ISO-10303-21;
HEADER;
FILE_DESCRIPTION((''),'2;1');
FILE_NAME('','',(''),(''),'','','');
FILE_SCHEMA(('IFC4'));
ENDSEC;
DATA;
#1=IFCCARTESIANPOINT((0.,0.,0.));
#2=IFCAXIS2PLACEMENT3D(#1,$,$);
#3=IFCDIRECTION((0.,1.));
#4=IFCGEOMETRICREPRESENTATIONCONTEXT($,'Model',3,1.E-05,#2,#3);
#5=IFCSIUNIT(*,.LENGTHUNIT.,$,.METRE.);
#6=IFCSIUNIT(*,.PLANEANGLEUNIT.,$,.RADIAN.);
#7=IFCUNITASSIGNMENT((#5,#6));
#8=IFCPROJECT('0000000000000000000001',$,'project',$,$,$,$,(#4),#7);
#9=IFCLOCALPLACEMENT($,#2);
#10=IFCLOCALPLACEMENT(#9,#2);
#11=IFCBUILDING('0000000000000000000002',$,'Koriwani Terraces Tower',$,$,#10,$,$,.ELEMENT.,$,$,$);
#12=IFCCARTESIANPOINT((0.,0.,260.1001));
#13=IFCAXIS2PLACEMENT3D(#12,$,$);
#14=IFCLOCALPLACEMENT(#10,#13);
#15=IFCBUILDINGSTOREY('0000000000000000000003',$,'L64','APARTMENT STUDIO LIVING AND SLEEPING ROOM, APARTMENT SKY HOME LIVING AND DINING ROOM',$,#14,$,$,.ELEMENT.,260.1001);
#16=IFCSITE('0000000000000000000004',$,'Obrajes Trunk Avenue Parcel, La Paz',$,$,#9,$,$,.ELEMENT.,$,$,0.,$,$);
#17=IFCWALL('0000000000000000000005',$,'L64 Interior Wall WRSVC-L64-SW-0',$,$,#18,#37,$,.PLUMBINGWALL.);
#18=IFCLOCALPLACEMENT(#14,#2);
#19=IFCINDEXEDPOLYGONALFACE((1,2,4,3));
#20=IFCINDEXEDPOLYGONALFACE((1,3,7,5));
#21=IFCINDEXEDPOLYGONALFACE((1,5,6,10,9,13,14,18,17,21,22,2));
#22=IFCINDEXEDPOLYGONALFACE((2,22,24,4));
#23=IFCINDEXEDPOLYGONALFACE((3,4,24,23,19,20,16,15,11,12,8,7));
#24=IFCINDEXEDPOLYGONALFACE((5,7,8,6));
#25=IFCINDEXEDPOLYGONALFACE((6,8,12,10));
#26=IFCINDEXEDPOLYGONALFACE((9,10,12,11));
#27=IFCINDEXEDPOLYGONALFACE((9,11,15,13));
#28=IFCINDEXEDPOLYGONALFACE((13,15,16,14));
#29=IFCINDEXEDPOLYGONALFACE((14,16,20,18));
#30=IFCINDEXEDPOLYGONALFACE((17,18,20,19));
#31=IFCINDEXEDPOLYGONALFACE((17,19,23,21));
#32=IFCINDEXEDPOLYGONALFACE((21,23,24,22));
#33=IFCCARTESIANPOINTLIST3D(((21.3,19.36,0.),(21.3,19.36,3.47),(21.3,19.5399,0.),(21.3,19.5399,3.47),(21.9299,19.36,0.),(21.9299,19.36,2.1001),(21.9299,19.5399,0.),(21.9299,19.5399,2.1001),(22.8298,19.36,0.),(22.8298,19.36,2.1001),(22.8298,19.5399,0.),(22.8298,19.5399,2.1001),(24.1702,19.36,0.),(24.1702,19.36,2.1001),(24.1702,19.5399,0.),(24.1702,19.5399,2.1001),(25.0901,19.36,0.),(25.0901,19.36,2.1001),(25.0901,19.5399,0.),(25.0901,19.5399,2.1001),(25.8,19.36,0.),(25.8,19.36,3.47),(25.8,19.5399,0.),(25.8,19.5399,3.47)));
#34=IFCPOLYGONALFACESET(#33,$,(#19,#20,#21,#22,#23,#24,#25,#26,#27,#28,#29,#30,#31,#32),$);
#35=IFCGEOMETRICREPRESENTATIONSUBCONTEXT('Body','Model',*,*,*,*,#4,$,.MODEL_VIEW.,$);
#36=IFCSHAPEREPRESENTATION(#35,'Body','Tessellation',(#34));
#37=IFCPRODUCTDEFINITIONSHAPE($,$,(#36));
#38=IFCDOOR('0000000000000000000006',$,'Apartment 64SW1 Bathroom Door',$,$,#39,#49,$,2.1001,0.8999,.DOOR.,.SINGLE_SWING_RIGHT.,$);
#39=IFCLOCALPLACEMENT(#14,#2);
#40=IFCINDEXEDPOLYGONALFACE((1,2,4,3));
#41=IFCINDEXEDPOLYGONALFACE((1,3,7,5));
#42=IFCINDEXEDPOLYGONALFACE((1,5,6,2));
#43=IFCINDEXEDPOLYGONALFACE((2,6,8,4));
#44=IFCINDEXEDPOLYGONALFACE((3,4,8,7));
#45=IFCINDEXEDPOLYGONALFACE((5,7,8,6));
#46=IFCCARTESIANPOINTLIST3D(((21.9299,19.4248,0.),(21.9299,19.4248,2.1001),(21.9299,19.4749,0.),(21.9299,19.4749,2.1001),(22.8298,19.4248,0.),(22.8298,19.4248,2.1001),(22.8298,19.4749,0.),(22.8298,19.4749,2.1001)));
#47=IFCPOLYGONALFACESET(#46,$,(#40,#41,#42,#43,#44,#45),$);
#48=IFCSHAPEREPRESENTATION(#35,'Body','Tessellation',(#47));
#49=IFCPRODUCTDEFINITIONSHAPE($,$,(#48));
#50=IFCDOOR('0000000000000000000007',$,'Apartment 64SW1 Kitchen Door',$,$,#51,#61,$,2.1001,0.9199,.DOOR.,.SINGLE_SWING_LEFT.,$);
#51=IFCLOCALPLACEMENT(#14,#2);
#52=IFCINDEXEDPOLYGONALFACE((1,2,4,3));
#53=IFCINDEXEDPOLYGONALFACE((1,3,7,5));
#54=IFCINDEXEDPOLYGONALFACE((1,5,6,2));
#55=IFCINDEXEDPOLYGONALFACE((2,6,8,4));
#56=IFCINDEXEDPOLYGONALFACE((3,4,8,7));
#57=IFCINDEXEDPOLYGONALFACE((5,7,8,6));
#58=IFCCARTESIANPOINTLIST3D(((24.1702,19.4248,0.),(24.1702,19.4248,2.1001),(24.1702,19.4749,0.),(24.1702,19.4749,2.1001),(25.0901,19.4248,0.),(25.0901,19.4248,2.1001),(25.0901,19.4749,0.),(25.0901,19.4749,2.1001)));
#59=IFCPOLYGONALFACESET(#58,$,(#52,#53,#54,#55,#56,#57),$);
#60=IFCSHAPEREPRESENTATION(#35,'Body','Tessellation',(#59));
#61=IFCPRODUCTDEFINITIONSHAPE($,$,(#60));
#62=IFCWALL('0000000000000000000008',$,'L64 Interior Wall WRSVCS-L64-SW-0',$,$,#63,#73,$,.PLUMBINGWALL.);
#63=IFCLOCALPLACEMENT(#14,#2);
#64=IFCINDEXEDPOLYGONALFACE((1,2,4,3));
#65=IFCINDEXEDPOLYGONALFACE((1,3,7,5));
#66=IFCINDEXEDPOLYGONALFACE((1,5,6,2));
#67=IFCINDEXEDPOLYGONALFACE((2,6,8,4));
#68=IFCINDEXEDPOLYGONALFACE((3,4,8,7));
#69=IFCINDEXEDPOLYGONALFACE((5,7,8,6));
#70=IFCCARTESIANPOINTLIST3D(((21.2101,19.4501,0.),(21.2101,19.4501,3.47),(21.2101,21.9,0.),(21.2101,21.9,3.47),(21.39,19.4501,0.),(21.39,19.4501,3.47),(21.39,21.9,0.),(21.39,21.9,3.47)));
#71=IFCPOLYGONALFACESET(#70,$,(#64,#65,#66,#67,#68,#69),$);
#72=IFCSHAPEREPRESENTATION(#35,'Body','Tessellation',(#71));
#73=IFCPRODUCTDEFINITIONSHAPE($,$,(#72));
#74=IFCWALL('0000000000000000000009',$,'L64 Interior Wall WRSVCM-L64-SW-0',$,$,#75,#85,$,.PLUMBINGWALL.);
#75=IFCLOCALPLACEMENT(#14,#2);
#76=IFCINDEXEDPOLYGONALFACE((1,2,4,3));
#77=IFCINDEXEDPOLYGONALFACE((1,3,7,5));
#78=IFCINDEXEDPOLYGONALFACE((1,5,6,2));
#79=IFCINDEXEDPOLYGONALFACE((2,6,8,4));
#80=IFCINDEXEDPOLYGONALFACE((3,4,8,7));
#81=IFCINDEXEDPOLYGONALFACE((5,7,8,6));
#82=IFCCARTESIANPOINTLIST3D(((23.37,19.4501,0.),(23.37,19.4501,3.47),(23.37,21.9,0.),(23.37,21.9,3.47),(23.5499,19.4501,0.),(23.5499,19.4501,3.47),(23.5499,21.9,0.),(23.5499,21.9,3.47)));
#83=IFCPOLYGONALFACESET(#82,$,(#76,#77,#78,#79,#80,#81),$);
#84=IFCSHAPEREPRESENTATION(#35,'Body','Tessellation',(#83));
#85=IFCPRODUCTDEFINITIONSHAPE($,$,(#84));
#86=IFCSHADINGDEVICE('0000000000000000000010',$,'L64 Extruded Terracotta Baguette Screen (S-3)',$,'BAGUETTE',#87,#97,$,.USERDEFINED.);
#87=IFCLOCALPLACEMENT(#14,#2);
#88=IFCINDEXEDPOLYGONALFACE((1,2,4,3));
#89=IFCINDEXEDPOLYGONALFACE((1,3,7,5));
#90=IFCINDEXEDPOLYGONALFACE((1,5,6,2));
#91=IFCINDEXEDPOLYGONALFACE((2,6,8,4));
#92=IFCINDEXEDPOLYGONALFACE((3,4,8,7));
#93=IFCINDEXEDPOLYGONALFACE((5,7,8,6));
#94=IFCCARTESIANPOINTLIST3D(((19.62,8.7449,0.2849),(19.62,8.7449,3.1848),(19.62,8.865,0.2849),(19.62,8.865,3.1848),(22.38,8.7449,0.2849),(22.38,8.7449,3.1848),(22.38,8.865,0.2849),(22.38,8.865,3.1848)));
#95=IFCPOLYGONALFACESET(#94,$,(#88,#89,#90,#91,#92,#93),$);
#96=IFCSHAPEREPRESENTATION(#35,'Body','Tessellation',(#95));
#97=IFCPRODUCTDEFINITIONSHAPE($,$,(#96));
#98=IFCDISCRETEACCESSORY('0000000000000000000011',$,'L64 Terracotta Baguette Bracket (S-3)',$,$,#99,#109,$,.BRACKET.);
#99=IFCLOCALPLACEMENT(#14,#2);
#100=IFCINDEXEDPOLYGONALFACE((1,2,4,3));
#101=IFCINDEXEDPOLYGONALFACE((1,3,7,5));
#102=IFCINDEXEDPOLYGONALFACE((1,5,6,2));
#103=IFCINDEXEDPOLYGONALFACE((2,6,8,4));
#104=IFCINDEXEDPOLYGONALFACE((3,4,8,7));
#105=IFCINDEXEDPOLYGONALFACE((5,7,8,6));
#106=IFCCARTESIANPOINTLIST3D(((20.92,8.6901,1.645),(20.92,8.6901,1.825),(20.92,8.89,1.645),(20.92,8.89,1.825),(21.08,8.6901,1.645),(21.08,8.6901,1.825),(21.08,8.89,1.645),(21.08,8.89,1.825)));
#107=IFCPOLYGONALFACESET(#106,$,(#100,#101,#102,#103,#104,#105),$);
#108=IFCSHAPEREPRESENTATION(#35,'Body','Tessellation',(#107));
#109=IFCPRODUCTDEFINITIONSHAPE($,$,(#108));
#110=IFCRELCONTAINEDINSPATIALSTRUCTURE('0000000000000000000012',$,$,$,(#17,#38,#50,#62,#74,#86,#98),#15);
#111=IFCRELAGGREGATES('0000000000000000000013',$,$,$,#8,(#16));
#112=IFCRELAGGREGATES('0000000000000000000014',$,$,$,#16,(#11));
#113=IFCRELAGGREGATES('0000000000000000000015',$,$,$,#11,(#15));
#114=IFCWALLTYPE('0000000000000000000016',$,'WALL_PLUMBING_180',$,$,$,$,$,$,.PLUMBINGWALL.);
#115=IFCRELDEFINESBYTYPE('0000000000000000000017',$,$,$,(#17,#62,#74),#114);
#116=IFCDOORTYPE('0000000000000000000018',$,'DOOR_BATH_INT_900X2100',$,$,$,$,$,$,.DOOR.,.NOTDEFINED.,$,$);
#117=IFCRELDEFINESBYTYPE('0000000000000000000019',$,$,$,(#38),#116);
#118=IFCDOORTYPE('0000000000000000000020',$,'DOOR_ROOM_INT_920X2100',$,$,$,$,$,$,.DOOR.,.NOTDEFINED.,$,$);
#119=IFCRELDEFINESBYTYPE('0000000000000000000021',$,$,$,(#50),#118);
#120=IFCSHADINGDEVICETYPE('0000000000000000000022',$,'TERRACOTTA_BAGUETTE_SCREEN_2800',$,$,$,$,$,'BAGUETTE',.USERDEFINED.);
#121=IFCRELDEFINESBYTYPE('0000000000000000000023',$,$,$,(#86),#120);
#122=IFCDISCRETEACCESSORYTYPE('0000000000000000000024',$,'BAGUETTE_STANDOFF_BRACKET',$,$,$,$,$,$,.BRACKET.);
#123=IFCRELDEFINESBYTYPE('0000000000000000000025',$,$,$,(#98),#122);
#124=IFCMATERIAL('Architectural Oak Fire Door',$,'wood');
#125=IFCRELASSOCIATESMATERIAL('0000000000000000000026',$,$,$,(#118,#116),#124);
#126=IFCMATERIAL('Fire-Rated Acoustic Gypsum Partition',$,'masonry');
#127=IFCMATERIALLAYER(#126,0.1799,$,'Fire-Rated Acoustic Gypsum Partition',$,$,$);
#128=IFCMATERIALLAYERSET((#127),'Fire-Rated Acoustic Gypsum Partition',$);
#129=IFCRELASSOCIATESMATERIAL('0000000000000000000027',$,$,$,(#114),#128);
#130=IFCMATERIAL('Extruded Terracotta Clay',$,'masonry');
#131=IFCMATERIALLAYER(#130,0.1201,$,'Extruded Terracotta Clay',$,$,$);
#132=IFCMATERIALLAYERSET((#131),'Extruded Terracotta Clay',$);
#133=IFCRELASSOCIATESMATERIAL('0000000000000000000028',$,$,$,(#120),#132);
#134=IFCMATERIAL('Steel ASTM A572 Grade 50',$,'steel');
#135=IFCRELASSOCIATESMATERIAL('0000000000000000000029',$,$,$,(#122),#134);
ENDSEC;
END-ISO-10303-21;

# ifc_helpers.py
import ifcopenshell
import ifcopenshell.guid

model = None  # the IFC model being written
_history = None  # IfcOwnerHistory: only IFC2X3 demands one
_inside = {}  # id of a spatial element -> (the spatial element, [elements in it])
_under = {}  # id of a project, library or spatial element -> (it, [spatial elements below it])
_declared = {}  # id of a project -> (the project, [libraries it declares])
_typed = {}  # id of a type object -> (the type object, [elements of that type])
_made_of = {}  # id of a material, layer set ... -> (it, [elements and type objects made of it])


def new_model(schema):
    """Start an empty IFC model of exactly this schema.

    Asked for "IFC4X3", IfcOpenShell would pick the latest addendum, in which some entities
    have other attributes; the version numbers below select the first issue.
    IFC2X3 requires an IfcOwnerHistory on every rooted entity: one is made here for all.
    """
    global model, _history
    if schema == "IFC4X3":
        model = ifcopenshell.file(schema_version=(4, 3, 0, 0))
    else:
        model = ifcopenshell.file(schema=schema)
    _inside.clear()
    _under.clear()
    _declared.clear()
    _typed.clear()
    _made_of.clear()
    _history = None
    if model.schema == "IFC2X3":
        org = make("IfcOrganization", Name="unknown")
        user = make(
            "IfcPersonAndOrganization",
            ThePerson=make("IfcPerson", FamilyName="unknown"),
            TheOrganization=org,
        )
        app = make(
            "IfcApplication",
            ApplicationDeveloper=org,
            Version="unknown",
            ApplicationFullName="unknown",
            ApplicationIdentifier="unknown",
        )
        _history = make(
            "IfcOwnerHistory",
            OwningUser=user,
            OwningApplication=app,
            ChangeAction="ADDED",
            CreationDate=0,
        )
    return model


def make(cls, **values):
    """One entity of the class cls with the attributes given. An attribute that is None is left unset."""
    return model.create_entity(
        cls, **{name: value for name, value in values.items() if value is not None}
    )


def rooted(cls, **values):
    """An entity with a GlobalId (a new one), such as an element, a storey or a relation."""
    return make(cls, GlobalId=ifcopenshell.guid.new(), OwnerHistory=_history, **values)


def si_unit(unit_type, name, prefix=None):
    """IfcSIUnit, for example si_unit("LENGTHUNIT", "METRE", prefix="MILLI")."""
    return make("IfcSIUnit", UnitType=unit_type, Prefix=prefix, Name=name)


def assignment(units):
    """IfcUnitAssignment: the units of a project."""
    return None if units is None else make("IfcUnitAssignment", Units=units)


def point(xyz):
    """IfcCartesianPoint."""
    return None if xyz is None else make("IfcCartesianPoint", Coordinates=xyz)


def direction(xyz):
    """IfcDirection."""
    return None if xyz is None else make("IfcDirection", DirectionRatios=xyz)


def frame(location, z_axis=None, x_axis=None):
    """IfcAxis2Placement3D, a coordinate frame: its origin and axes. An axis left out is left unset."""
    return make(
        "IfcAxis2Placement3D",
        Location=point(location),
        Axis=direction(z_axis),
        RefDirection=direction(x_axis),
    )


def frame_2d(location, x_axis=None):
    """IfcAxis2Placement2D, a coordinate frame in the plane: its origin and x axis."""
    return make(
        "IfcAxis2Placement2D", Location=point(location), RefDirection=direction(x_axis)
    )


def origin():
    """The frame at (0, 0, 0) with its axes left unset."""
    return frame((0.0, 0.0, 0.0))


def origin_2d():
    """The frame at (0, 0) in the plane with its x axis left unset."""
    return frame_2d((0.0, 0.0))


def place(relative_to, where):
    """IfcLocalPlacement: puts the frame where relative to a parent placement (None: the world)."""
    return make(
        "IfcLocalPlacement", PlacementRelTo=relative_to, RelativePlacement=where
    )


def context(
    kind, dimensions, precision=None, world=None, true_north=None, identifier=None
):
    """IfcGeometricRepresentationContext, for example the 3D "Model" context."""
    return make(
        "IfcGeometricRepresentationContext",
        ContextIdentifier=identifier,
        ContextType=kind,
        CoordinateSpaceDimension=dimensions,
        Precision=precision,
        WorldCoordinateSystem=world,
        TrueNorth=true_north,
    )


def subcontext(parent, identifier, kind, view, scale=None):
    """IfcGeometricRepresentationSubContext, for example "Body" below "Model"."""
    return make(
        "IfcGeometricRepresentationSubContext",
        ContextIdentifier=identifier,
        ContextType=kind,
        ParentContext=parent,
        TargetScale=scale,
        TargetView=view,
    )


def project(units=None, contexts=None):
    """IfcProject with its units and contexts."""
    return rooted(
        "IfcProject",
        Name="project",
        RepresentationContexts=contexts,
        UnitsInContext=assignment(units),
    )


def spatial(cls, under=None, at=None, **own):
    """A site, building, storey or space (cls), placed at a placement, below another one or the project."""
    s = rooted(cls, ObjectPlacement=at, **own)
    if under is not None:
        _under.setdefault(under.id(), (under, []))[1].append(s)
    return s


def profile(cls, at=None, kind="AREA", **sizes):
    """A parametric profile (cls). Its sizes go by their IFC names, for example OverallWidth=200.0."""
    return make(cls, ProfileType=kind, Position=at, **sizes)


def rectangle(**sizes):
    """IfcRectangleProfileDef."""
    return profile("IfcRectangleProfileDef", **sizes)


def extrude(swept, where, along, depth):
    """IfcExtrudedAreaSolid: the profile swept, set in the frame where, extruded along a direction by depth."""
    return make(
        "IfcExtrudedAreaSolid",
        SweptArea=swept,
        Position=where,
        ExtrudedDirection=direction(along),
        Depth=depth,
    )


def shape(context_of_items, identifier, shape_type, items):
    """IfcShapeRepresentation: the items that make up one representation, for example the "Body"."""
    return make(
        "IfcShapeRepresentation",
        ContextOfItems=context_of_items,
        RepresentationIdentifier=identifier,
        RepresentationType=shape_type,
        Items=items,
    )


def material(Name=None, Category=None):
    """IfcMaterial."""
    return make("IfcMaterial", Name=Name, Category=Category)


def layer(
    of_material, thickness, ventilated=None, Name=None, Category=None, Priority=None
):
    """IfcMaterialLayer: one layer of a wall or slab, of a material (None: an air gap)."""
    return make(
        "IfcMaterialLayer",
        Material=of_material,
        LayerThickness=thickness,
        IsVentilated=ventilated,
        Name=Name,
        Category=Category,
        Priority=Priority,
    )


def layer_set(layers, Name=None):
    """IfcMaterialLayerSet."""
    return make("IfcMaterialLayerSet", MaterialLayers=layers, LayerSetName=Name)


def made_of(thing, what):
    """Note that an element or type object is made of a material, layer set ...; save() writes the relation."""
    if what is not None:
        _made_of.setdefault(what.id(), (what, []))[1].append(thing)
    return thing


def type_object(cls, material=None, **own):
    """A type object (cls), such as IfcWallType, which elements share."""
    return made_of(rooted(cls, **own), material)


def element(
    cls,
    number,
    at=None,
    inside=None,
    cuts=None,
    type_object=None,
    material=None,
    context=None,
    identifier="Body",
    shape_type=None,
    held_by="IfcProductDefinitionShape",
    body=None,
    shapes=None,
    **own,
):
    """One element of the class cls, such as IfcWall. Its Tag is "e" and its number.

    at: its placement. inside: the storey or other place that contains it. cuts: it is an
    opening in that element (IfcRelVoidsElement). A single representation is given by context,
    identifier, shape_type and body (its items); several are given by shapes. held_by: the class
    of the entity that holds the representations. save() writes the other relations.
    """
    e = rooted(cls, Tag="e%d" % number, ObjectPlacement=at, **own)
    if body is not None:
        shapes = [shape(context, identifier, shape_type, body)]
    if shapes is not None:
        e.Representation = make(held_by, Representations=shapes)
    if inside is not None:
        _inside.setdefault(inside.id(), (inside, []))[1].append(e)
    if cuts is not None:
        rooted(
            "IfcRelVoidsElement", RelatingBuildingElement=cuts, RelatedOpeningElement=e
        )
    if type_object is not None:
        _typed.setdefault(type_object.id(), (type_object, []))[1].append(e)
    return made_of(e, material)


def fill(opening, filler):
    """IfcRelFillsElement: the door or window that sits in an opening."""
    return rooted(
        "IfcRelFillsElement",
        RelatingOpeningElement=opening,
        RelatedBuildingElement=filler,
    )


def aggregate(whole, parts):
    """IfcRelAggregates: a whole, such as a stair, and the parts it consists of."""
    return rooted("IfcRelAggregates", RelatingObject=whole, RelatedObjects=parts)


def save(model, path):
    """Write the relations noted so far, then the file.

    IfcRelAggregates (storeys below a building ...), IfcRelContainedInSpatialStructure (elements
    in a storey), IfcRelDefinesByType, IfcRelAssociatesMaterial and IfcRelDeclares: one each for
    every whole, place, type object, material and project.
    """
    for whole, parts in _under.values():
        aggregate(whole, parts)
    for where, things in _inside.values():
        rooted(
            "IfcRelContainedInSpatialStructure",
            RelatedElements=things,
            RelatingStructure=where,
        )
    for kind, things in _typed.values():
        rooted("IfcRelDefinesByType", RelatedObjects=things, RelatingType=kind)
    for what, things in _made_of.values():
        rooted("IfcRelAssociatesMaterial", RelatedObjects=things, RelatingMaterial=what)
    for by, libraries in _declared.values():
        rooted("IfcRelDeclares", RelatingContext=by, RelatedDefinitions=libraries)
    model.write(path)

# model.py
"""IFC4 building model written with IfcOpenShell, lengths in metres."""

from ifc_helpers import new_model, si_unit, direction, frame, frame_2d, origin, origin_2d, place, context, subcontext, project, spatial, rectangle, extrude, material, layer, layer_set, type_object, element, fill, save


model = new_model("IFC4")

# Units and contexts
model_context = context("Model", 3, precision=1e-05, world=origin(), true_north=direction((0.0, 1.0)))
body_context = subcontext(model_context, "Body", "Model", "MODEL_VIEW")
ifc_project = project(units=[si_unit("LENGTHUNIT", "METRE"), si_unit("PLANEANGLEUNIT", "RADIAN")], contexts=[model_context])

# Site, building, storey
site_placement = place(None, origin())
site = spatial("IfcSite", under=ifc_project, at=site_placement, Name="Obrajes Trunk Avenue Parcel, La Paz", CompositionType="ELEMENT", RefElevation=0.0)
building_placement = place(site_placement, origin())
building = spatial("IfcBuilding", under=site, at=building_placement, Name="Koriwani Terraces Tower", CompositionType="ELEMENT")
storey_placement = place(building_placement, frame((0.0, 0.0, 260.1001)))
storey = spatial("IfcBuildingStorey", under=building, at=storey_placement, Name="L64", Description="APARTMENT STUDIO LIVING AND SLEEPING ROOM, APARTMENT SKY HOME LIVING AND DINING ROOM", CompositionType="ELEMENT", Elevation=260.1001)

# Shared definitions
ifc_material_1 = material(Name="Steel ASTM A572 Grade 50", Category="steel")

# Shared definitions
ifc_material_2 = material(Name="Architectural Oak Fire Door", Category="wood")

# Shared definitions
ifc_material_3 = material(Name="Fire-Rated Acoustic Gypsum Partition", Category="masonry")

# Wall, openings, doors
door_type_1 = type_object("IfcDoorType", Name="DOOR_ROOM_INT_920X2100", OperationType="NOTDEFINED", PredefinedType="DOOR", material=ifc_material_2)
ifc_layer_1 = layer(ifc_material_3, 0.1799, Name="Fire-Rated Acoustic Gypsum Partition")
ifc_layer_set_1 = layer_set([ifc_layer_1], Name="Fire-Rated Acoustic Gypsum Partition")
wall_type_1 = type_object("IfcWallType", Name="WALL_PLUMBING_180", PredefinedType="PLUMBINGWALL", material=ifc_layer_set_1)
wall_1_placement = place(storey_placement, frame((21.3, 19.45, 0.0), z_axis=(0.0, 0.0, 1.0), x_axis=(1.0, 0.0, 0.0)))
wall_1 = element("IfcWall", 1, at=wall_1_placement, inside=storey, type_object=wall_type_1, Name="L64 Interior Wall WRSVC-L64-SW-0", PredefinedType="PLUMBINGWALL", context=body_context, shape_type="SweptSolid", body=[
    extrude(rectangle(XDim=4.5, YDim=0.1799, at=frame_2d((2.25, 0.0))), origin(), (0.0, 0.0, 1.0), 3.47),
])
opening_1_placement = place(wall_1_placement, frame((0.6299, 0.0, 0.0)))
opening_1 = element("IfcOpeningElement", 2, at=opening_1_placement, cuts=wall_1, PredefinedType="OPENING", context=body_context, shape_type="SweptSolid", body=[
    extrude(rectangle(XDim=0.8999, YDim=2.1001, at=frame_2d((0.45, 1.05))), frame((0.0, 0.1001, 0.0), z_axis=(0.0, -1.0, 0.0), x_axis=(1.0, 0.0, 0.0)), (0.0, 0.0, 1.0), 0.2),
])
opening_2_placement = place(wall_1_placement, frame((2.8701, 0.0, 0.0)))
opening_2 = element("IfcOpeningElement", 3, at=opening_2_placement, cuts=wall_1, PredefinedType="OPENING", context=body_context, shape_type="SweptSolid", body=[
    extrude(rectangle(XDim=0.9199, YDim=2.1001, at=frame_2d((0.46, 1.05))), frame((0.0, 0.1001, 0.0), z_axis=(0.0, -1.0, 0.0), x_axis=(1.0, 0.0, 0.0)), (0.0, 0.0, 1.0), 0.2),
])
door_type_2 = type_object("IfcDoorType", Name="DOOR_BATH_INT_900X2100", OperationType="NOTDEFINED", PredefinedType="DOOR", material=ifc_material_2)
door_1_placement = place(opening_1_placement, origin())
door_1 = element("IfcDoor", 4, at=door_1_placement, inside=storey, type_object=door_type_2, Name="Apartment 64SW1 Bathroom Door", OperationType="SINGLE_SWING_RIGHT", OverallHeight=2.1001, OverallWidth=0.8999, PredefinedType="DOOR", context=body_context, shape_type="SweptSolid", body=[
    extrude(rectangle(XDim=0.8999, YDim=2.1001, at=frame_2d((0.45, 1.05))), frame((0.0, 0.0249, 0.0), z_axis=(0.0, -1.0, 0.0), x_axis=(1.0, 0.0, 0.0)), (0.0, 0.0, 1.0), 0.05),
])
fill(opening_1, door_1)
door_2_placement = place(opening_2_placement, origin())
door_2 = element("IfcDoor", 5, at=door_2_placement, inside=storey, type_object=door_type_1, Name="Apartment 64SW1 Kitchen Door", OperationType="SINGLE_SWING_LEFT", OverallHeight=2.1001, OverallWidth=0.9199, PredefinedType="DOOR", context=body_context, shape_type="SweptSolid", body=[
    extrude(rectangle(XDim=0.9199, YDim=2.1001, at=frame_2d((0.46, 1.05))), frame((0.0, 0.0249, 0.0), z_axis=(0.0, -1.0, 0.0), x_axis=(1.0, 0.0, 0.0)), (0.0, 0.0, 1.0), 0.05),
])
fill(opening_2, door_2)

# Walls
for number, where, z_axis, x_axis, name in (
    (6, (21.3, 19.45, 0.0), (0.0, 0.0, 1.0), (0.0, 1.0, 0.0), "L64 Interior Wall WRSVCS-L64-SW-0"),
    (7, (23.46, 19.45, 0.0), (0.0, 0.0, 1.0), (0.0, 1.0, 0.0), "L64 Interior Wall WRSVCM-L64-SW-0"),
):
    element("IfcWall", number, at=place(storey_placement, frame(where, z_axis=z_axis, x_axis=x_axis)), inside=storey, type_object=wall_type_1, Name=name, PredefinedType="PLUMBINGWALL", context=body_context, shape_type="SweptSolid", body=[
        extrude(rectangle(XDim=2.45, YDim=0.1799, at=frame_2d((1.2251, 0.0))), origin(), (0.0, 0.0, 1.0), 3.47),
    ])

# Shading device
ifc_material_4 = material(Name="Extruded Terracotta Clay", Category="masonry")
ifc_layer_2 = layer(ifc_material_4, 0.1201, Name="Extruded Terracotta Clay")
ifc_layer_set_2 = layer_set([ifc_layer_2], Name="Extruded Terracotta Clay")
shading_device_type = type_object("IfcShadingDeviceType", Name="TERRACOTTA_BAGUETTE_SCREEN_2800", ElementType="BAGUETTE", PredefinedType="USERDEFINED", material=ifc_layer_set_2)
shading_device_placement = place(storey_placement, frame((21.0, 8.8049, 0.2849), z_axis=(0.0, 0.0, 1.0), x_axis=(-1.0, 0.0, 0.0)))
element("IfcShadingDevice", 8, at=shading_device_placement, inside=storey, type_object=shading_device_type, Name="L64 Extruded Terracotta Baguette Screen (S-3)", ObjectType="BAGUETTE", PredefinedType="USERDEFINED", context=body_context, shape_type="SweptSolid", body=[
    extrude(rectangle(XDim=2.76, YDim=0.1201, at=origin_2d()), origin(), (0.0, 0.0, 1.0), 2.8999),
])

# Discrete accessory
discrete_accessory_type = type_object("IfcDiscreteAccessoryType", Name="BAGUETTE_STANDOFF_BRACKET", PredefinedType="BRACKET", material=ifc_material_1)
discrete_accessory_placement = place(storey_placement, frame((21.0, 8.79, 1.645), z_axis=(0.0, 0.0, 1.0), x_axis=(-1.0, 0.0, 0.0)))
element("IfcDiscreteAccessory", 9, at=discrete_accessory_placement, inside=storey, type_object=discrete_accessory_type, Name="L64 Terracotta Baguette Bracket (S-3)", PredefinedType="BRACKET", context=body_context, shape_type="SweptSolid", body=[
    extrude(rectangle(XDim=0.1599, YDim=0.2, at=origin_2d()), origin(), (0.0, 0.0, 1.0), 0.1799),
])

save(model, "model.ifc")
